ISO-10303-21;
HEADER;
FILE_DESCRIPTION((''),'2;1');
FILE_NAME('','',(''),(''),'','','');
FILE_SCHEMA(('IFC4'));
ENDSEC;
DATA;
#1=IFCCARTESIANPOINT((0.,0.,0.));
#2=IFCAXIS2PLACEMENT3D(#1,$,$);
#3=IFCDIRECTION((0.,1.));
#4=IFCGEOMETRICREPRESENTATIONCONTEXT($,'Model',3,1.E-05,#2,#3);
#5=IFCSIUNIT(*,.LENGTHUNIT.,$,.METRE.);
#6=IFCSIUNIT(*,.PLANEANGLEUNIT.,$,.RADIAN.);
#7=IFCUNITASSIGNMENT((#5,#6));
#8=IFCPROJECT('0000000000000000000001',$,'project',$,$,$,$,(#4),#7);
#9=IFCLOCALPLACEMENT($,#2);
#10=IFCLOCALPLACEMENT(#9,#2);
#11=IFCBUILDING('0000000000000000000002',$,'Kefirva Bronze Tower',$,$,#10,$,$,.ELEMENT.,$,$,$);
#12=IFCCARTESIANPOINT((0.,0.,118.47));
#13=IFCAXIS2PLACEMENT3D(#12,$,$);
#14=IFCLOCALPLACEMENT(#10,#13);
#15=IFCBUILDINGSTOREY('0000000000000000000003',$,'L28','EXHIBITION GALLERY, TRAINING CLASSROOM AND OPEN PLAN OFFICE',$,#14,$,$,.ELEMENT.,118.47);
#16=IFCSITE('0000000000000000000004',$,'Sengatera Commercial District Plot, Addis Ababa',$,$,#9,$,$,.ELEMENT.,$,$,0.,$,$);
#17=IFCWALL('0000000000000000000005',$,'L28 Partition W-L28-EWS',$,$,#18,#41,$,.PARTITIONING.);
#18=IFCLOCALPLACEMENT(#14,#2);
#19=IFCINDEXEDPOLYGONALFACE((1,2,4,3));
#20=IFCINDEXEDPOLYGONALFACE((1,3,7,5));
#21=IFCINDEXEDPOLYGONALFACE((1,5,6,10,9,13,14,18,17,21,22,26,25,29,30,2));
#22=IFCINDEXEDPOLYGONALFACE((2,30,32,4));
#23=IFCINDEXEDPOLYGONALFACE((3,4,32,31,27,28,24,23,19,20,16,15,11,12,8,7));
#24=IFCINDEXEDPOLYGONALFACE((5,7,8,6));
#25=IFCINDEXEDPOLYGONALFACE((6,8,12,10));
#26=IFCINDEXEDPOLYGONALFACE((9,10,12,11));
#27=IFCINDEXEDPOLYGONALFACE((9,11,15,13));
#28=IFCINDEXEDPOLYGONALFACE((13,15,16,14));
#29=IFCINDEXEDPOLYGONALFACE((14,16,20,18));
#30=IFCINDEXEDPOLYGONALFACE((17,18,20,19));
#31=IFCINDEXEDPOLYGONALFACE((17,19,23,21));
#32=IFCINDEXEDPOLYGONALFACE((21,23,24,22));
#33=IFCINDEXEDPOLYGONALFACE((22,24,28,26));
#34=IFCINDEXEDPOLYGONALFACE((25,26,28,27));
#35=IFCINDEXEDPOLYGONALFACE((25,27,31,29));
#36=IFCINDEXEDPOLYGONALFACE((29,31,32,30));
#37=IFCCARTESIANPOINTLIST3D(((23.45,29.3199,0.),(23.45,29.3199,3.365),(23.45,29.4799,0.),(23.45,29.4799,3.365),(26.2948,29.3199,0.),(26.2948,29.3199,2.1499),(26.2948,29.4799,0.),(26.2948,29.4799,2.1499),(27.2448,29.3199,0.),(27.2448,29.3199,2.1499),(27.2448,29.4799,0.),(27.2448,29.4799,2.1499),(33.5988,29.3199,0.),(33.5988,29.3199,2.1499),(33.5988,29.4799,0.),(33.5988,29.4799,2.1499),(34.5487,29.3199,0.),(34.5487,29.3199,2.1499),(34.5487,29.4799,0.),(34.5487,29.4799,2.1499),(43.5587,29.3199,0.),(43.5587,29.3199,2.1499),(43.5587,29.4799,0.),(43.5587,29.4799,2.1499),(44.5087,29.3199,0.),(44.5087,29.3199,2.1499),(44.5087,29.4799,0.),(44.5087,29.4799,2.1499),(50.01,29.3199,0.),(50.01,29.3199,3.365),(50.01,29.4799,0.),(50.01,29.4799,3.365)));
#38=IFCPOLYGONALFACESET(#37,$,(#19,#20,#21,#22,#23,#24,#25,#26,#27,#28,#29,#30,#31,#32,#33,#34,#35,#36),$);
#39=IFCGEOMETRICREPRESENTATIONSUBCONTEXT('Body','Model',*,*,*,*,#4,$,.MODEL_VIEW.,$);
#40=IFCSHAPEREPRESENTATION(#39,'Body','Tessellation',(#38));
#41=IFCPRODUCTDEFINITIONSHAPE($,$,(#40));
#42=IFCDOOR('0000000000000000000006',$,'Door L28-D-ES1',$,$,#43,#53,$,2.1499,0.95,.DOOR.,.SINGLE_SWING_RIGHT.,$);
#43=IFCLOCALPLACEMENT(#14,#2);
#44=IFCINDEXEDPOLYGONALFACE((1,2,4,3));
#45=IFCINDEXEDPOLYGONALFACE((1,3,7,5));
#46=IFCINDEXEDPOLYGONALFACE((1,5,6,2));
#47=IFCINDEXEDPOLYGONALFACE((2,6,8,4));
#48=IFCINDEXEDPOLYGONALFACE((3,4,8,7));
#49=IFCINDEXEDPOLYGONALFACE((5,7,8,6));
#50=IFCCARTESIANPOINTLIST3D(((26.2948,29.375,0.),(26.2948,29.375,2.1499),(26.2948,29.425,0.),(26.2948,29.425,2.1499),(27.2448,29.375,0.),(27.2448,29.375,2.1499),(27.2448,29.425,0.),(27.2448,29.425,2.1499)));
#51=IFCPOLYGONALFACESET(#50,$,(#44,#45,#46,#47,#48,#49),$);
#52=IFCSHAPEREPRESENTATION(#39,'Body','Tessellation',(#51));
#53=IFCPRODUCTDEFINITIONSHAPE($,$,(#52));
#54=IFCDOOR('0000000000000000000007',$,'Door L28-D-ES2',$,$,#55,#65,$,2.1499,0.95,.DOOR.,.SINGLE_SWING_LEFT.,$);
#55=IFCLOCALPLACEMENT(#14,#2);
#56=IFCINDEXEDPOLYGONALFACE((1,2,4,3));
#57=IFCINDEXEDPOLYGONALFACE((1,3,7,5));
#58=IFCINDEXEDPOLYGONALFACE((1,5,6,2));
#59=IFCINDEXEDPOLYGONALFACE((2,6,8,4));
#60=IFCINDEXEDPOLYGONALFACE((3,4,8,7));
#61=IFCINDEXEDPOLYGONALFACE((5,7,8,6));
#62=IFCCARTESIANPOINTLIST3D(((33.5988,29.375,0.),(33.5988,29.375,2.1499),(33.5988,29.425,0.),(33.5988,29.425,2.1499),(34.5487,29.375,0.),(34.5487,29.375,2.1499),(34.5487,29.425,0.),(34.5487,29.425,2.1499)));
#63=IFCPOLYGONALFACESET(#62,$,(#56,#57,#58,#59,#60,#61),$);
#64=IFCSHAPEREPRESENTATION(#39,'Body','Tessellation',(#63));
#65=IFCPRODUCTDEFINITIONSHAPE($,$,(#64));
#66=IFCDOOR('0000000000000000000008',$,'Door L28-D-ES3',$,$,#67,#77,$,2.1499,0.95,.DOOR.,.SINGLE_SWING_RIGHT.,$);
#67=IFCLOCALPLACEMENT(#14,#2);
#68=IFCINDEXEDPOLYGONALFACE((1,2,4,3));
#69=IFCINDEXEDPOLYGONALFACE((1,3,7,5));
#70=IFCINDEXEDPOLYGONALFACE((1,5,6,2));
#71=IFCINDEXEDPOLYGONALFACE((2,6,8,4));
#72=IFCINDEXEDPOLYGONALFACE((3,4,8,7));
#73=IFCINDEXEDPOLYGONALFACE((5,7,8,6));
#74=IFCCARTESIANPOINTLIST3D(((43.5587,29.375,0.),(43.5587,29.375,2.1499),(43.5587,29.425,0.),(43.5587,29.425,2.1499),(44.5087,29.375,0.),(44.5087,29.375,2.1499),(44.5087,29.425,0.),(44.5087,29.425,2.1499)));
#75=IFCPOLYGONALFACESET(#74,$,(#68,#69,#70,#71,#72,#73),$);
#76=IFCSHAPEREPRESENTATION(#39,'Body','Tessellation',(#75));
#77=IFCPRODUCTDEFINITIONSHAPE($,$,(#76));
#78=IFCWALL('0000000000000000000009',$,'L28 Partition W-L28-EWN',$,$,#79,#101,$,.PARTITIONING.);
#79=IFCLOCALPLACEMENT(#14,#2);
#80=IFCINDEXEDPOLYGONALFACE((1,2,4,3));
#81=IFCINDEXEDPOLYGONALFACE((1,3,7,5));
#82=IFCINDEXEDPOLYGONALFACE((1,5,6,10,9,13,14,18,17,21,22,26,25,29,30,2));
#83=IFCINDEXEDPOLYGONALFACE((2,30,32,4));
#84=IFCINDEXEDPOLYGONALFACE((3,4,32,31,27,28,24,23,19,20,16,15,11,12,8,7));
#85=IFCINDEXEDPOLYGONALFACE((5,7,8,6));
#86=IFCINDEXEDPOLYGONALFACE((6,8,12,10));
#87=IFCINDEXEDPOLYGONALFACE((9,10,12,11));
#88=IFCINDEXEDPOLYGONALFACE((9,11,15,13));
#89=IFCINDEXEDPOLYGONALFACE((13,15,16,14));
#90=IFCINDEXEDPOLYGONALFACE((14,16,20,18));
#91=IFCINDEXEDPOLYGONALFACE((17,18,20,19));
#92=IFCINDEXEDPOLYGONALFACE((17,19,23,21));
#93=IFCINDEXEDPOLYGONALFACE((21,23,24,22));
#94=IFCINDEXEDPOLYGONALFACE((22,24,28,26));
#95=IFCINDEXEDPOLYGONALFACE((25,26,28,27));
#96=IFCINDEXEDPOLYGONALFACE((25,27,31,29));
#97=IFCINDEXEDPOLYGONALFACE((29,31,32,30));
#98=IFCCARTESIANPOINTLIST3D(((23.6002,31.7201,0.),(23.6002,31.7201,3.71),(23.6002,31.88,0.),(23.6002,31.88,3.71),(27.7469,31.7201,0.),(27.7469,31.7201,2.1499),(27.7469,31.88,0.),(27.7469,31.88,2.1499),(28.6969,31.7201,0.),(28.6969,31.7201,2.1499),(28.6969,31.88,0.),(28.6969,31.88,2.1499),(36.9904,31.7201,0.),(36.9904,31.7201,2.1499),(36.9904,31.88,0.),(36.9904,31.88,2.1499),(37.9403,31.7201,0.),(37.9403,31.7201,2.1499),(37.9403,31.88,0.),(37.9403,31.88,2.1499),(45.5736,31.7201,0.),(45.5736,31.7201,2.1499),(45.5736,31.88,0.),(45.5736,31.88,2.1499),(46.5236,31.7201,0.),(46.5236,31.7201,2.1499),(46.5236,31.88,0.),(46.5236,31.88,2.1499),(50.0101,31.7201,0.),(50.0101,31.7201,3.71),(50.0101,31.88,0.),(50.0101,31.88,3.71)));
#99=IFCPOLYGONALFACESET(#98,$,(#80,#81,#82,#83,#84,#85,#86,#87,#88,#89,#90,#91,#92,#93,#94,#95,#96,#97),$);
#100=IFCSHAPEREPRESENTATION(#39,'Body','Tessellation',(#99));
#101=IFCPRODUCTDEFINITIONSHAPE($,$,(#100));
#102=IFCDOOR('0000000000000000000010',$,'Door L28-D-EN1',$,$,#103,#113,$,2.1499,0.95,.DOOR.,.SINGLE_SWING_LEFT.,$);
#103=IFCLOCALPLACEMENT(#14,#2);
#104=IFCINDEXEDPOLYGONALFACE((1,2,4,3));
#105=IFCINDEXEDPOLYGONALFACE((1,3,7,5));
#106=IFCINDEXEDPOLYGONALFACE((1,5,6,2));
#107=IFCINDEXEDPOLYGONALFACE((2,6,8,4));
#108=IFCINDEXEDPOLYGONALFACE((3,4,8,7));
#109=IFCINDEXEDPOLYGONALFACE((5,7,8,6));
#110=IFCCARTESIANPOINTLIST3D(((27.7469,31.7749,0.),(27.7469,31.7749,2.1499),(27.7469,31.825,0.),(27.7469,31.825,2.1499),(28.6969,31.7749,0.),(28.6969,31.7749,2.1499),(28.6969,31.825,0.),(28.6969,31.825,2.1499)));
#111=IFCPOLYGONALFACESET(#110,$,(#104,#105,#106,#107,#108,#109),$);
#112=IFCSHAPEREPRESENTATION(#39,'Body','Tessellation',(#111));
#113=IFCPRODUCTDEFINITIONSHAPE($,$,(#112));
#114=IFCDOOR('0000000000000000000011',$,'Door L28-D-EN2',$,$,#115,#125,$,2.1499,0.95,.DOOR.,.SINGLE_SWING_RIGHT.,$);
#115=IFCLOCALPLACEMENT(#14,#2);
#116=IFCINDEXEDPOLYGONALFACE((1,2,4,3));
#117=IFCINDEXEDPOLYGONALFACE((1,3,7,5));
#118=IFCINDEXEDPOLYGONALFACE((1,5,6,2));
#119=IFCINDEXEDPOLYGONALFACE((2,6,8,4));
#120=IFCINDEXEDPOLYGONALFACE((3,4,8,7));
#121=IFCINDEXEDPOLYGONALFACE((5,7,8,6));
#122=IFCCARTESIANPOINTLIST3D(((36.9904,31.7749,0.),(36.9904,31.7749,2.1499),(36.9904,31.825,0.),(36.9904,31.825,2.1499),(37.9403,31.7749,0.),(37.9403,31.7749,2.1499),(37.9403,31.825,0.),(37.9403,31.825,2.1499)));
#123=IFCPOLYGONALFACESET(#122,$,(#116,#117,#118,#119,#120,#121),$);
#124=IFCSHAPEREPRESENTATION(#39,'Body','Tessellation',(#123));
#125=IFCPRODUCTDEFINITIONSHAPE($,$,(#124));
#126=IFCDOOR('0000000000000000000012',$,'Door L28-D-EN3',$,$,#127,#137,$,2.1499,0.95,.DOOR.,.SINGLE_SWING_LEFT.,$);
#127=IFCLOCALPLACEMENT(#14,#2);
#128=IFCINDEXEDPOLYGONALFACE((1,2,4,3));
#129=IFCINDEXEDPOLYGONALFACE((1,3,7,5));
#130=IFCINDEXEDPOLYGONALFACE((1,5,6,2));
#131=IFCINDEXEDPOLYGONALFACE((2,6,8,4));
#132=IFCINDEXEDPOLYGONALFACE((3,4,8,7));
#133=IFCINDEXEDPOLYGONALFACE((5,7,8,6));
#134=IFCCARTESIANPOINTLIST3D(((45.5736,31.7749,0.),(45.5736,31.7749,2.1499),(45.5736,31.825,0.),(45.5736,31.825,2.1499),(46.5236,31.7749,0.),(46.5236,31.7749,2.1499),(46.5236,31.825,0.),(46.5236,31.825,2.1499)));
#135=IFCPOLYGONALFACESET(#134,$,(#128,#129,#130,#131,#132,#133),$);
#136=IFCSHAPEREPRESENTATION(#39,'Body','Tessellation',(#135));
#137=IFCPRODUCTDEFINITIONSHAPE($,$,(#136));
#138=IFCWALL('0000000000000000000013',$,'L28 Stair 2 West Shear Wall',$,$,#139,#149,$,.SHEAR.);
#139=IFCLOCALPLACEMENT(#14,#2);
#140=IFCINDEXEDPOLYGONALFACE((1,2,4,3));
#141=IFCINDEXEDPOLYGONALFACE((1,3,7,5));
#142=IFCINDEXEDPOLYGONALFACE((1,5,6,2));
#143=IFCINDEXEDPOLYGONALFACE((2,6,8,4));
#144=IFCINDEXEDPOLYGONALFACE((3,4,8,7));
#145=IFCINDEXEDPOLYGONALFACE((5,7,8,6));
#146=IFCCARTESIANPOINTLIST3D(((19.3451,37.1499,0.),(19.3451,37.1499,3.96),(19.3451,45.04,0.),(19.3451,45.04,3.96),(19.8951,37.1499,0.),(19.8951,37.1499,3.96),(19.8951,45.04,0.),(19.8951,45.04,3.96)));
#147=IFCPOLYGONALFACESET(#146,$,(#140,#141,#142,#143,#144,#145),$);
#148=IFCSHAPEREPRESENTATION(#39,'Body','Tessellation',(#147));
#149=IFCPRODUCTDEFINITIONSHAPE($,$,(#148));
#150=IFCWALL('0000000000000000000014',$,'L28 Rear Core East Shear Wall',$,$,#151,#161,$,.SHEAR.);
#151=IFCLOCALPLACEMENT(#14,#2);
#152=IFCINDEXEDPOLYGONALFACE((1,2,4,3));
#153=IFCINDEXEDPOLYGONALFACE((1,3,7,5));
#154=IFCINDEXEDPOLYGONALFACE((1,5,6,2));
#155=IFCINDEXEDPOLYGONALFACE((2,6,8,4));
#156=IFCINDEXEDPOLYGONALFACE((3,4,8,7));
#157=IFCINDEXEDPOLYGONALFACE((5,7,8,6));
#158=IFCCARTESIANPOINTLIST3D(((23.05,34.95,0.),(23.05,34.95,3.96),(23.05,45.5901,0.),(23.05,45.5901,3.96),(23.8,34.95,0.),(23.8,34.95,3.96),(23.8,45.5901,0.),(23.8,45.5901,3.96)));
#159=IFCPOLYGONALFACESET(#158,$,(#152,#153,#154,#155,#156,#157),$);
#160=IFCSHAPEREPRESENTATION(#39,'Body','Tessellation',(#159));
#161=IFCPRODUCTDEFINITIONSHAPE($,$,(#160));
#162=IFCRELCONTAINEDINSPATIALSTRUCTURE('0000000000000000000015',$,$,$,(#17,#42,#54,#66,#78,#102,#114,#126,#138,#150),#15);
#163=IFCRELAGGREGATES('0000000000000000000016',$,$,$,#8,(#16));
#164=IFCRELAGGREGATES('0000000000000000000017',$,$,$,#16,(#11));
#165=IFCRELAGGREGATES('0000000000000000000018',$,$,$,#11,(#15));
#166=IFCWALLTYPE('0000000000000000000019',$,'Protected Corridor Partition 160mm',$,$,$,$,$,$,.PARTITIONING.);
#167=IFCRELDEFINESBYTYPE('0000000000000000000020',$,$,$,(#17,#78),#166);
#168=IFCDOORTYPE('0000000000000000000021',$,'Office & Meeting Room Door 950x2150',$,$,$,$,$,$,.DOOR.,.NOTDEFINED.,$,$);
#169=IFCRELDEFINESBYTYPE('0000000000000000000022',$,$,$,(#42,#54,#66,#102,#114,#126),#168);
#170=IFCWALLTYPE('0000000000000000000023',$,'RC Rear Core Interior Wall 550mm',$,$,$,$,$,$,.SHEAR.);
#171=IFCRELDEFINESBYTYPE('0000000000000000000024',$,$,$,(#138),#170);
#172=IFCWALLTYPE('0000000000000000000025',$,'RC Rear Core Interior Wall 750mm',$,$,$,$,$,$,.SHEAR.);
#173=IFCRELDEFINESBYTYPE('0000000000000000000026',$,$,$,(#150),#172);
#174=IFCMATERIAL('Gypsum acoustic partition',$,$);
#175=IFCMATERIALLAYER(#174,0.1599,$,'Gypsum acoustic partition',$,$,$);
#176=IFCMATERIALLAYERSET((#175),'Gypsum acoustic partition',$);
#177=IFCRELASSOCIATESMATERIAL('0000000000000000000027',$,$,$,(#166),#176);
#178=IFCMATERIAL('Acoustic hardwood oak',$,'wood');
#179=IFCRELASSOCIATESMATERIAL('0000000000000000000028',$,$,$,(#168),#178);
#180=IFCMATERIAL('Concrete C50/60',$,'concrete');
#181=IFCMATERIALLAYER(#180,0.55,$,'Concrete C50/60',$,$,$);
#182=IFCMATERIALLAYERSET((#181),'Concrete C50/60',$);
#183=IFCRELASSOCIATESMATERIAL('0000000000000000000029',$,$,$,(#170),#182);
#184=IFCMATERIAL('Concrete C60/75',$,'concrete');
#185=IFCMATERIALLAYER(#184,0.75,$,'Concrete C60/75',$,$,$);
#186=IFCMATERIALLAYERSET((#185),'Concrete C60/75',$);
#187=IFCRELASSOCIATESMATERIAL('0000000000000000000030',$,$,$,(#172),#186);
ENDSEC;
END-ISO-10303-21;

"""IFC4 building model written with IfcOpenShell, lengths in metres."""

from ifc_helpers import new_model, si_unit, direction, frame, frame_2d, origin, place, context, subcontext, project, spatial, rectangle, extrude, material, layer, layer_set, type_object, element, fill, save


model = new_model("IFC4")

# Units and contexts
model_context = context("Model", 3, precision=1e-05, world=origin(), true_north=direction((0.0, 1.0)))
body_context = subcontext(model_context, "Body", "Model", "MODEL_VIEW")
ifc_project = project(units=[si_unit("LENGTHUNIT", "METRE"), si_unit("PLANEANGLEUNIT", "RADIAN")], contexts=[model_context])

# Site, building, storey
site_placement = place(None, origin())
site = spatial("IfcSite", under=ifc_project, at=site_placement, Name="Sengatera Commercial District Plot, Addis Ababa", CompositionType="ELEMENT", RefElevation=0.0)
building_placement = place(site_placement, origin())
building = spatial("IfcBuilding", under=site, at=building_placement, Name="Kefirva Bronze Tower", CompositionType="ELEMENT")
storey_placement = place(building_placement, frame((0.0, 0.0, 118.47)))
storey = spatial("IfcBuildingStorey", under=building, at=storey_placement, Name="L28", Description="EXHIBITION GALLERY, TRAINING CLASSROOM AND OPEN PLAN OFFICE", CompositionType="ELEMENT", Elevation=118.47)

# Shared definitions
ifc_material_1 = material(Name="Concrete C60/75", Category="concrete")

# Shared definitions
ifc_material_2 = material(Name="Gypsum acoustic partition")
ifc_layer_1 = layer(ifc_material_2, 0.1599, Name="Gypsum acoustic partition")
ifc_layer_set_1 = layer_set([ifc_layer_1], Name="Gypsum acoustic partition")
wall_type_1 = type_object("IfcWallType", Name="Protected Corridor Partition 160mm", PredefinedType="PARTITIONING", material=ifc_layer_set_1)

# Walls, openings, doors
wall_1_placement = place(storey_placement, frame((23.45, 29.3999, 0.0), z_axis=(0.0, 0.0, 1.0), x_axis=(1.0, 0.0, 0.0)))
wall_1 = element("IfcWall", 1, at=wall_1_placement, inside=storey, type_object=wall_type_1, Name="L28 Partition W-L28-EWS", PredefinedType="PARTITIONING", context=body_context, shape_type="SweptSolid", body=[
    extrude(rectangle(XDim=26.5601, YDim=0.1599, at=frame_2d((13.28, 0.0))), origin(), (0.0, 0.0, 1.0), 3.365),
])
opening_1_placement = place(wall_1_placement, frame((3.7949, 0.0, 0.0), z_axis=(0.0, 0.0, 1.0), x_axis=(-1.0, 0.0, 0.0)))
opening_1 = element("IfcOpeningElement", 2, at=opening_1_placement, cuts=wall_1, PredefinedType="OPENING", context=body_context, shape_type="SweptSolid", body=[
    extrude(rectangle(XDim=0.95, YDim=2.1499, at=frame_2d((0.4751, 1.075))), frame((0.0, 0.0898, 0.0), z_axis=(0.0, -1.0, 0.0), x_axis=(1.0, 0.0, 0.0)), (0.0, 0.0, 1.0), 0.1799),
])
opening_2_placement = place(wall_1_placement, frame((11.0989, 0.0, 0.0), z_axis=(0.0, 0.0, 1.0), x_axis=(-1.0, 0.0, 0.0)))
opening_2 = element("IfcOpeningElement", 3, at=opening_2_placement, cuts=wall_1, PredefinedType="OPENING", context=body_context, shape_type="SweptSolid", body=[
    extrude(rectangle(XDim=0.95, YDim=2.1499, at=frame_2d((0.4751, 1.075))), frame((0.0, 0.0898, 0.0), z_axis=(0.0, -1.0, 0.0), x_axis=(1.0, 0.0, 0.0)), (0.0, 0.0, 1.0), 0.1799),
])
opening_3_placement = place(wall_1_placement, frame((21.0588, 0.0, 0.0), z_axis=(0.0, 0.0, 1.0), x_axis=(-1.0, 0.0, 0.0)))
opening_3 = element("IfcOpeningElement", 4, at=opening_3_placement, cuts=wall_1, PredefinedType="OPENING", context=body_context, shape_type="SweptSolid", body=[
    extrude(rectangle(XDim=0.95, YDim=2.1499, at=frame_2d((0.4751, 1.075))), frame((0.0, 0.0898, 0.0), z_axis=(0.0, -1.0, 0.0), x_axis=(1.0, 0.0, 0.0)), (0.0, 0.0, 1.0), 0.1799),
])
ifc_material_3 = material(Name="Acoustic hardwood oak", Category="wood")
door_type_1 = type_object("IfcDoorType", Name="Office & Meeting Room Door 950x2150", OperationType="NOTDEFINED", PredefinedType="DOOR", material=ifc_material_3)
door_1_placement = place(opening_1_placement, origin())
door_1 = element("IfcDoor", 5, at=door_1_placement, inside=storey, type_object=door_type_1, Name="Door L28-D-ES1", OperationType="SINGLE_SWING_RIGHT", OverallHeight=2.1499, OverallWidth=0.95, PredefinedType="DOOR", context=body_context, shape_type="SweptSolid", body=[
    extrude(rectangle(XDim=0.95, YDim=2.1499, at=frame_2d((0.4751, 1.075))), frame((0.0, 0.0249, 0.0), z_axis=(0.0, -1.0, 0.0), x_axis=(1.0, 0.0, 0.0)), (0.0, 0.0, 1.0), 0.05),
])
fill(opening_1, door_1)
door_2_placement = place(opening_2_placement, origin())
door_2 = element("IfcDoor", 6, at=door_2_placement, inside=storey, type_object=door_type_1, Name="Door L28-D-ES2", OperationType="SINGLE_SWING_LEFT", OverallHeight=2.1499, OverallWidth=0.95, PredefinedType="DOOR", context=body_context, shape_type="SweptSolid", body=[
    extrude(rectangle(XDim=0.95, YDim=2.1499, at=frame_2d((0.4751, 1.075))), frame((0.0, 0.0249, 0.0), z_axis=(0.0, -1.0, 0.0), x_axis=(1.0, 0.0, 0.0)), (0.0, 0.0, 1.0), 0.05),
])
fill(opening_2, door_2)
door_3_placement = place(opening_3_placement, origin())
door_3 = element("IfcDoor", 7, at=door_3_placement, inside=storey, type_object=door_type_1, Name="Door L28-D-ES3", OperationType="SINGLE_SWING_RIGHT", OverallHeight=2.1499, OverallWidth=0.95, PredefinedType="DOOR", context=body_context, shape_type="SweptSolid", body=[
    extrude(rectangle(XDim=0.95, YDim=2.1499, at=frame_2d((0.4751, 1.075))), frame((0.0, 0.0249, 0.0), z_axis=(0.0, -1.0, 0.0), x_axis=(1.0, 0.0, 0.0)), (0.0, 0.0, 1.0), 0.05),
])
fill(opening_3, door_3)
wall_2_placement = place(storey_placement, frame((23.6001, 31.8, 0.0), z_axis=(0.0, 0.0, 1.0), x_axis=(1.0, 0.0, 0.0)))
wall_2 = element("IfcWall", 8, at=wall_2_placement, inside=storey, type_object=wall_type_1, Name="L28 Partition W-L28-EWN", PredefinedType="PARTITIONING", context=body_context, shape_type="SweptSolid", body=[
    extrude(rectangle(XDim=26.4099, YDim=0.1599, at=frame_2d((13.2051, 0.0))), origin(), (0.0, 0.0, 1.0), 3.71),
])
opening_4_placement = place(wall_2_placement, frame((4.1467, 0.0, 0.0)))
opening_4 = element("IfcOpeningElement", 9, at=opening_4_placement, cuts=wall_2, PredefinedType="OPENING", context=body_context, shape_type="SweptSolid", body=[
    extrude(rectangle(XDim=0.95, YDim=2.1499, at=frame_2d((0.4751, 1.075))), frame((0.0, 0.0898, 0.0), z_axis=(0.0, -1.0, 0.0), x_axis=(1.0, 0.0, 0.0)), (0.0, 0.0, 1.0), 0.1799),
])
opening_5_placement = place(wall_2_placement, frame((13.3901, 0.0, 0.0)))
opening_5 = element("IfcOpeningElement", 10, at=opening_5_placement, cuts=wall_2, PredefinedType="OPENING", context=body_context, shape_type="SweptSolid", body=[
    extrude(rectangle(XDim=0.95, YDim=2.1499, at=frame_2d((0.4751, 1.075))), frame((0.0, 0.0898, 0.0), z_axis=(0.0, -1.0, 0.0), x_axis=(1.0, 0.0, 0.0)), (0.0, 0.0, 1.0), 0.1799),
])
opening_6_placement = place(wall_2_placement, frame((21.9734, 0.0, 0.0)))
opening_6 = element("IfcOpeningElement", 11, at=opening_6_placement, cuts=wall_2, PredefinedType="OPENING", context=body_context, shape_type="SweptSolid", body=[
    extrude(rectangle(XDim=0.95, YDim=2.1499, at=frame_2d((0.4751, 1.075))), frame((0.0, 0.0898, 0.0), z_axis=(0.0, -1.0, 0.0), x_axis=(1.0, 0.0, 0.0)), (0.0, 0.0, 1.0), 0.1799),
])
door_4_placement = place(opening_4_placement, origin())
door_4 = element("IfcDoor", 12, at=door_4_placement, inside=storey, type_object=door_type_1, Name="Door L28-D-EN1", OperationType="SINGLE_SWING_LEFT", OverallHeight=2.1499, OverallWidth=0.95, PredefinedType="DOOR", context=body_context, shape_type="SweptSolid", body=[
    extrude(rectangle(XDim=0.95, YDim=2.1499, at=frame_2d((0.4751, 1.075))), frame((0.0, 0.0249, 0.0), z_axis=(0.0, -1.0, 0.0), x_axis=(1.0, 0.0, 0.0)), (0.0, 0.0, 1.0), 0.05),
])
fill(opening_4, door_4)
door_5_placement = place(opening_5_placement, origin())
door_5 = element("IfcDoor", 13, at=door_5_placement, inside=storey, type_object=door_type_1, Name="Door L28-D-EN2", OperationType="SINGLE_SWING_RIGHT", OverallHeight=2.1499, OverallWidth=0.95, PredefinedType="DOOR", context=body_context, shape_type="SweptSolid", body=[
    extrude(rectangle(XDim=0.95, YDim=2.1499, at=frame_2d((0.4751, 1.075))), frame((0.0, 0.0249, 0.0), z_axis=(0.0, -1.0, 0.0), x_axis=(1.0, 0.0, 0.0)), (0.0, 0.0, 1.0), 0.05),
])
fill(opening_5, door_5)
door_6_placement = place(opening_6_placement, origin())
door_6 = element("IfcDoor", 14, at=door_6_placement, inside=storey, type_object=door_type_1, Name="Door L28-D-EN3", OperationType="SINGLE_SWING_LEFT", OverallHeight=2.1499, OverallWidth=0.95, PredefinedType="DOOR", context=body_context, shape_type="SweptSolid", body=[
    extrude(rectangle(XDim=0.95, YDim=2.1499, at=frame_2d((0.4751, 1.075))), frame((0.0, 0.0249, 0.0), z_axis=(0.0, -1.0, 0.0), x_axis=(1.0, 0.0, 0.0)), (0.0, 0.0, 1.0), 0.05),
])
fill(opening_6, door_6)

# Walls
ifc_material_4 = material(Name="Concrete C50/60", Category="concrete")
ifc_layer_2 = layer(ifc_material_4, 0.55, Name="Concrete C50/60")
ifc_layer_set_2 = layer_set([ifc_layer_2], Name="Concrete C50/60")
wall_type_2 = type_object("IfcWallType", Name="RC Rear Core Interior Wall 550mm", PredefinedType="SHEAR", material=ifc_layer_set_2)
wall_3_placement = place(storey_placement, frame((19.6201, 37.1499, 0.0), z_axis=(0.0, 0.0, 1.0), x_axis=(0.0, 1.0, 0.0)))
element("IfcWall", 15, at=wall_3_placement, inside=storey, type_object=wall_type_2, Name="L28 Stair 2 West Shear Wall", PredefinedType="SHEAR", context=body_context, shape_type="SweptSolid", body=[
    extrude(rectangle(XDim=7.8901, YDim=0.55, at=frame_2d((3.9451, 0.0))), origin(), (0.0, 0.0, 1.0), 3.96),
])
ifc_layer_3 = layer(ifc_material_1, 0.75, Name="Concrete C60/75")
ifc_layer_set_3 = layer_set([ifc_layer_3], Name="Concrete C60/75")
wall_type_3 = type_object("IfcWallType", Name="RC Rear Core Interior Wall 750mm", PredefinedType="SHEAR", material=ifc_layer_set_3)
wall_4_placement = place(storey_placement, frame((23.425, 34.95, 0.0), z_axis=(0.0, 0.0, 1.0), x_axis=(0.0, 1.0, 0.0)))
element("IfcWall", 16, at=wall_4_placement, inside=storey, type_object=wall_type_3, Name="L28 Rear Core East Shear Wall", PredefinedType="SHEAR", context=body_context, shape_type="SweptSolid", body=[
    extrude(rectangle(XDim=10.6401, YDim=0.75, at=frame_2d((5.3201, 0.0))), origin(), (0.0, 0.0, 1.0), 3.96),
])

save(model, "model.ifc")
